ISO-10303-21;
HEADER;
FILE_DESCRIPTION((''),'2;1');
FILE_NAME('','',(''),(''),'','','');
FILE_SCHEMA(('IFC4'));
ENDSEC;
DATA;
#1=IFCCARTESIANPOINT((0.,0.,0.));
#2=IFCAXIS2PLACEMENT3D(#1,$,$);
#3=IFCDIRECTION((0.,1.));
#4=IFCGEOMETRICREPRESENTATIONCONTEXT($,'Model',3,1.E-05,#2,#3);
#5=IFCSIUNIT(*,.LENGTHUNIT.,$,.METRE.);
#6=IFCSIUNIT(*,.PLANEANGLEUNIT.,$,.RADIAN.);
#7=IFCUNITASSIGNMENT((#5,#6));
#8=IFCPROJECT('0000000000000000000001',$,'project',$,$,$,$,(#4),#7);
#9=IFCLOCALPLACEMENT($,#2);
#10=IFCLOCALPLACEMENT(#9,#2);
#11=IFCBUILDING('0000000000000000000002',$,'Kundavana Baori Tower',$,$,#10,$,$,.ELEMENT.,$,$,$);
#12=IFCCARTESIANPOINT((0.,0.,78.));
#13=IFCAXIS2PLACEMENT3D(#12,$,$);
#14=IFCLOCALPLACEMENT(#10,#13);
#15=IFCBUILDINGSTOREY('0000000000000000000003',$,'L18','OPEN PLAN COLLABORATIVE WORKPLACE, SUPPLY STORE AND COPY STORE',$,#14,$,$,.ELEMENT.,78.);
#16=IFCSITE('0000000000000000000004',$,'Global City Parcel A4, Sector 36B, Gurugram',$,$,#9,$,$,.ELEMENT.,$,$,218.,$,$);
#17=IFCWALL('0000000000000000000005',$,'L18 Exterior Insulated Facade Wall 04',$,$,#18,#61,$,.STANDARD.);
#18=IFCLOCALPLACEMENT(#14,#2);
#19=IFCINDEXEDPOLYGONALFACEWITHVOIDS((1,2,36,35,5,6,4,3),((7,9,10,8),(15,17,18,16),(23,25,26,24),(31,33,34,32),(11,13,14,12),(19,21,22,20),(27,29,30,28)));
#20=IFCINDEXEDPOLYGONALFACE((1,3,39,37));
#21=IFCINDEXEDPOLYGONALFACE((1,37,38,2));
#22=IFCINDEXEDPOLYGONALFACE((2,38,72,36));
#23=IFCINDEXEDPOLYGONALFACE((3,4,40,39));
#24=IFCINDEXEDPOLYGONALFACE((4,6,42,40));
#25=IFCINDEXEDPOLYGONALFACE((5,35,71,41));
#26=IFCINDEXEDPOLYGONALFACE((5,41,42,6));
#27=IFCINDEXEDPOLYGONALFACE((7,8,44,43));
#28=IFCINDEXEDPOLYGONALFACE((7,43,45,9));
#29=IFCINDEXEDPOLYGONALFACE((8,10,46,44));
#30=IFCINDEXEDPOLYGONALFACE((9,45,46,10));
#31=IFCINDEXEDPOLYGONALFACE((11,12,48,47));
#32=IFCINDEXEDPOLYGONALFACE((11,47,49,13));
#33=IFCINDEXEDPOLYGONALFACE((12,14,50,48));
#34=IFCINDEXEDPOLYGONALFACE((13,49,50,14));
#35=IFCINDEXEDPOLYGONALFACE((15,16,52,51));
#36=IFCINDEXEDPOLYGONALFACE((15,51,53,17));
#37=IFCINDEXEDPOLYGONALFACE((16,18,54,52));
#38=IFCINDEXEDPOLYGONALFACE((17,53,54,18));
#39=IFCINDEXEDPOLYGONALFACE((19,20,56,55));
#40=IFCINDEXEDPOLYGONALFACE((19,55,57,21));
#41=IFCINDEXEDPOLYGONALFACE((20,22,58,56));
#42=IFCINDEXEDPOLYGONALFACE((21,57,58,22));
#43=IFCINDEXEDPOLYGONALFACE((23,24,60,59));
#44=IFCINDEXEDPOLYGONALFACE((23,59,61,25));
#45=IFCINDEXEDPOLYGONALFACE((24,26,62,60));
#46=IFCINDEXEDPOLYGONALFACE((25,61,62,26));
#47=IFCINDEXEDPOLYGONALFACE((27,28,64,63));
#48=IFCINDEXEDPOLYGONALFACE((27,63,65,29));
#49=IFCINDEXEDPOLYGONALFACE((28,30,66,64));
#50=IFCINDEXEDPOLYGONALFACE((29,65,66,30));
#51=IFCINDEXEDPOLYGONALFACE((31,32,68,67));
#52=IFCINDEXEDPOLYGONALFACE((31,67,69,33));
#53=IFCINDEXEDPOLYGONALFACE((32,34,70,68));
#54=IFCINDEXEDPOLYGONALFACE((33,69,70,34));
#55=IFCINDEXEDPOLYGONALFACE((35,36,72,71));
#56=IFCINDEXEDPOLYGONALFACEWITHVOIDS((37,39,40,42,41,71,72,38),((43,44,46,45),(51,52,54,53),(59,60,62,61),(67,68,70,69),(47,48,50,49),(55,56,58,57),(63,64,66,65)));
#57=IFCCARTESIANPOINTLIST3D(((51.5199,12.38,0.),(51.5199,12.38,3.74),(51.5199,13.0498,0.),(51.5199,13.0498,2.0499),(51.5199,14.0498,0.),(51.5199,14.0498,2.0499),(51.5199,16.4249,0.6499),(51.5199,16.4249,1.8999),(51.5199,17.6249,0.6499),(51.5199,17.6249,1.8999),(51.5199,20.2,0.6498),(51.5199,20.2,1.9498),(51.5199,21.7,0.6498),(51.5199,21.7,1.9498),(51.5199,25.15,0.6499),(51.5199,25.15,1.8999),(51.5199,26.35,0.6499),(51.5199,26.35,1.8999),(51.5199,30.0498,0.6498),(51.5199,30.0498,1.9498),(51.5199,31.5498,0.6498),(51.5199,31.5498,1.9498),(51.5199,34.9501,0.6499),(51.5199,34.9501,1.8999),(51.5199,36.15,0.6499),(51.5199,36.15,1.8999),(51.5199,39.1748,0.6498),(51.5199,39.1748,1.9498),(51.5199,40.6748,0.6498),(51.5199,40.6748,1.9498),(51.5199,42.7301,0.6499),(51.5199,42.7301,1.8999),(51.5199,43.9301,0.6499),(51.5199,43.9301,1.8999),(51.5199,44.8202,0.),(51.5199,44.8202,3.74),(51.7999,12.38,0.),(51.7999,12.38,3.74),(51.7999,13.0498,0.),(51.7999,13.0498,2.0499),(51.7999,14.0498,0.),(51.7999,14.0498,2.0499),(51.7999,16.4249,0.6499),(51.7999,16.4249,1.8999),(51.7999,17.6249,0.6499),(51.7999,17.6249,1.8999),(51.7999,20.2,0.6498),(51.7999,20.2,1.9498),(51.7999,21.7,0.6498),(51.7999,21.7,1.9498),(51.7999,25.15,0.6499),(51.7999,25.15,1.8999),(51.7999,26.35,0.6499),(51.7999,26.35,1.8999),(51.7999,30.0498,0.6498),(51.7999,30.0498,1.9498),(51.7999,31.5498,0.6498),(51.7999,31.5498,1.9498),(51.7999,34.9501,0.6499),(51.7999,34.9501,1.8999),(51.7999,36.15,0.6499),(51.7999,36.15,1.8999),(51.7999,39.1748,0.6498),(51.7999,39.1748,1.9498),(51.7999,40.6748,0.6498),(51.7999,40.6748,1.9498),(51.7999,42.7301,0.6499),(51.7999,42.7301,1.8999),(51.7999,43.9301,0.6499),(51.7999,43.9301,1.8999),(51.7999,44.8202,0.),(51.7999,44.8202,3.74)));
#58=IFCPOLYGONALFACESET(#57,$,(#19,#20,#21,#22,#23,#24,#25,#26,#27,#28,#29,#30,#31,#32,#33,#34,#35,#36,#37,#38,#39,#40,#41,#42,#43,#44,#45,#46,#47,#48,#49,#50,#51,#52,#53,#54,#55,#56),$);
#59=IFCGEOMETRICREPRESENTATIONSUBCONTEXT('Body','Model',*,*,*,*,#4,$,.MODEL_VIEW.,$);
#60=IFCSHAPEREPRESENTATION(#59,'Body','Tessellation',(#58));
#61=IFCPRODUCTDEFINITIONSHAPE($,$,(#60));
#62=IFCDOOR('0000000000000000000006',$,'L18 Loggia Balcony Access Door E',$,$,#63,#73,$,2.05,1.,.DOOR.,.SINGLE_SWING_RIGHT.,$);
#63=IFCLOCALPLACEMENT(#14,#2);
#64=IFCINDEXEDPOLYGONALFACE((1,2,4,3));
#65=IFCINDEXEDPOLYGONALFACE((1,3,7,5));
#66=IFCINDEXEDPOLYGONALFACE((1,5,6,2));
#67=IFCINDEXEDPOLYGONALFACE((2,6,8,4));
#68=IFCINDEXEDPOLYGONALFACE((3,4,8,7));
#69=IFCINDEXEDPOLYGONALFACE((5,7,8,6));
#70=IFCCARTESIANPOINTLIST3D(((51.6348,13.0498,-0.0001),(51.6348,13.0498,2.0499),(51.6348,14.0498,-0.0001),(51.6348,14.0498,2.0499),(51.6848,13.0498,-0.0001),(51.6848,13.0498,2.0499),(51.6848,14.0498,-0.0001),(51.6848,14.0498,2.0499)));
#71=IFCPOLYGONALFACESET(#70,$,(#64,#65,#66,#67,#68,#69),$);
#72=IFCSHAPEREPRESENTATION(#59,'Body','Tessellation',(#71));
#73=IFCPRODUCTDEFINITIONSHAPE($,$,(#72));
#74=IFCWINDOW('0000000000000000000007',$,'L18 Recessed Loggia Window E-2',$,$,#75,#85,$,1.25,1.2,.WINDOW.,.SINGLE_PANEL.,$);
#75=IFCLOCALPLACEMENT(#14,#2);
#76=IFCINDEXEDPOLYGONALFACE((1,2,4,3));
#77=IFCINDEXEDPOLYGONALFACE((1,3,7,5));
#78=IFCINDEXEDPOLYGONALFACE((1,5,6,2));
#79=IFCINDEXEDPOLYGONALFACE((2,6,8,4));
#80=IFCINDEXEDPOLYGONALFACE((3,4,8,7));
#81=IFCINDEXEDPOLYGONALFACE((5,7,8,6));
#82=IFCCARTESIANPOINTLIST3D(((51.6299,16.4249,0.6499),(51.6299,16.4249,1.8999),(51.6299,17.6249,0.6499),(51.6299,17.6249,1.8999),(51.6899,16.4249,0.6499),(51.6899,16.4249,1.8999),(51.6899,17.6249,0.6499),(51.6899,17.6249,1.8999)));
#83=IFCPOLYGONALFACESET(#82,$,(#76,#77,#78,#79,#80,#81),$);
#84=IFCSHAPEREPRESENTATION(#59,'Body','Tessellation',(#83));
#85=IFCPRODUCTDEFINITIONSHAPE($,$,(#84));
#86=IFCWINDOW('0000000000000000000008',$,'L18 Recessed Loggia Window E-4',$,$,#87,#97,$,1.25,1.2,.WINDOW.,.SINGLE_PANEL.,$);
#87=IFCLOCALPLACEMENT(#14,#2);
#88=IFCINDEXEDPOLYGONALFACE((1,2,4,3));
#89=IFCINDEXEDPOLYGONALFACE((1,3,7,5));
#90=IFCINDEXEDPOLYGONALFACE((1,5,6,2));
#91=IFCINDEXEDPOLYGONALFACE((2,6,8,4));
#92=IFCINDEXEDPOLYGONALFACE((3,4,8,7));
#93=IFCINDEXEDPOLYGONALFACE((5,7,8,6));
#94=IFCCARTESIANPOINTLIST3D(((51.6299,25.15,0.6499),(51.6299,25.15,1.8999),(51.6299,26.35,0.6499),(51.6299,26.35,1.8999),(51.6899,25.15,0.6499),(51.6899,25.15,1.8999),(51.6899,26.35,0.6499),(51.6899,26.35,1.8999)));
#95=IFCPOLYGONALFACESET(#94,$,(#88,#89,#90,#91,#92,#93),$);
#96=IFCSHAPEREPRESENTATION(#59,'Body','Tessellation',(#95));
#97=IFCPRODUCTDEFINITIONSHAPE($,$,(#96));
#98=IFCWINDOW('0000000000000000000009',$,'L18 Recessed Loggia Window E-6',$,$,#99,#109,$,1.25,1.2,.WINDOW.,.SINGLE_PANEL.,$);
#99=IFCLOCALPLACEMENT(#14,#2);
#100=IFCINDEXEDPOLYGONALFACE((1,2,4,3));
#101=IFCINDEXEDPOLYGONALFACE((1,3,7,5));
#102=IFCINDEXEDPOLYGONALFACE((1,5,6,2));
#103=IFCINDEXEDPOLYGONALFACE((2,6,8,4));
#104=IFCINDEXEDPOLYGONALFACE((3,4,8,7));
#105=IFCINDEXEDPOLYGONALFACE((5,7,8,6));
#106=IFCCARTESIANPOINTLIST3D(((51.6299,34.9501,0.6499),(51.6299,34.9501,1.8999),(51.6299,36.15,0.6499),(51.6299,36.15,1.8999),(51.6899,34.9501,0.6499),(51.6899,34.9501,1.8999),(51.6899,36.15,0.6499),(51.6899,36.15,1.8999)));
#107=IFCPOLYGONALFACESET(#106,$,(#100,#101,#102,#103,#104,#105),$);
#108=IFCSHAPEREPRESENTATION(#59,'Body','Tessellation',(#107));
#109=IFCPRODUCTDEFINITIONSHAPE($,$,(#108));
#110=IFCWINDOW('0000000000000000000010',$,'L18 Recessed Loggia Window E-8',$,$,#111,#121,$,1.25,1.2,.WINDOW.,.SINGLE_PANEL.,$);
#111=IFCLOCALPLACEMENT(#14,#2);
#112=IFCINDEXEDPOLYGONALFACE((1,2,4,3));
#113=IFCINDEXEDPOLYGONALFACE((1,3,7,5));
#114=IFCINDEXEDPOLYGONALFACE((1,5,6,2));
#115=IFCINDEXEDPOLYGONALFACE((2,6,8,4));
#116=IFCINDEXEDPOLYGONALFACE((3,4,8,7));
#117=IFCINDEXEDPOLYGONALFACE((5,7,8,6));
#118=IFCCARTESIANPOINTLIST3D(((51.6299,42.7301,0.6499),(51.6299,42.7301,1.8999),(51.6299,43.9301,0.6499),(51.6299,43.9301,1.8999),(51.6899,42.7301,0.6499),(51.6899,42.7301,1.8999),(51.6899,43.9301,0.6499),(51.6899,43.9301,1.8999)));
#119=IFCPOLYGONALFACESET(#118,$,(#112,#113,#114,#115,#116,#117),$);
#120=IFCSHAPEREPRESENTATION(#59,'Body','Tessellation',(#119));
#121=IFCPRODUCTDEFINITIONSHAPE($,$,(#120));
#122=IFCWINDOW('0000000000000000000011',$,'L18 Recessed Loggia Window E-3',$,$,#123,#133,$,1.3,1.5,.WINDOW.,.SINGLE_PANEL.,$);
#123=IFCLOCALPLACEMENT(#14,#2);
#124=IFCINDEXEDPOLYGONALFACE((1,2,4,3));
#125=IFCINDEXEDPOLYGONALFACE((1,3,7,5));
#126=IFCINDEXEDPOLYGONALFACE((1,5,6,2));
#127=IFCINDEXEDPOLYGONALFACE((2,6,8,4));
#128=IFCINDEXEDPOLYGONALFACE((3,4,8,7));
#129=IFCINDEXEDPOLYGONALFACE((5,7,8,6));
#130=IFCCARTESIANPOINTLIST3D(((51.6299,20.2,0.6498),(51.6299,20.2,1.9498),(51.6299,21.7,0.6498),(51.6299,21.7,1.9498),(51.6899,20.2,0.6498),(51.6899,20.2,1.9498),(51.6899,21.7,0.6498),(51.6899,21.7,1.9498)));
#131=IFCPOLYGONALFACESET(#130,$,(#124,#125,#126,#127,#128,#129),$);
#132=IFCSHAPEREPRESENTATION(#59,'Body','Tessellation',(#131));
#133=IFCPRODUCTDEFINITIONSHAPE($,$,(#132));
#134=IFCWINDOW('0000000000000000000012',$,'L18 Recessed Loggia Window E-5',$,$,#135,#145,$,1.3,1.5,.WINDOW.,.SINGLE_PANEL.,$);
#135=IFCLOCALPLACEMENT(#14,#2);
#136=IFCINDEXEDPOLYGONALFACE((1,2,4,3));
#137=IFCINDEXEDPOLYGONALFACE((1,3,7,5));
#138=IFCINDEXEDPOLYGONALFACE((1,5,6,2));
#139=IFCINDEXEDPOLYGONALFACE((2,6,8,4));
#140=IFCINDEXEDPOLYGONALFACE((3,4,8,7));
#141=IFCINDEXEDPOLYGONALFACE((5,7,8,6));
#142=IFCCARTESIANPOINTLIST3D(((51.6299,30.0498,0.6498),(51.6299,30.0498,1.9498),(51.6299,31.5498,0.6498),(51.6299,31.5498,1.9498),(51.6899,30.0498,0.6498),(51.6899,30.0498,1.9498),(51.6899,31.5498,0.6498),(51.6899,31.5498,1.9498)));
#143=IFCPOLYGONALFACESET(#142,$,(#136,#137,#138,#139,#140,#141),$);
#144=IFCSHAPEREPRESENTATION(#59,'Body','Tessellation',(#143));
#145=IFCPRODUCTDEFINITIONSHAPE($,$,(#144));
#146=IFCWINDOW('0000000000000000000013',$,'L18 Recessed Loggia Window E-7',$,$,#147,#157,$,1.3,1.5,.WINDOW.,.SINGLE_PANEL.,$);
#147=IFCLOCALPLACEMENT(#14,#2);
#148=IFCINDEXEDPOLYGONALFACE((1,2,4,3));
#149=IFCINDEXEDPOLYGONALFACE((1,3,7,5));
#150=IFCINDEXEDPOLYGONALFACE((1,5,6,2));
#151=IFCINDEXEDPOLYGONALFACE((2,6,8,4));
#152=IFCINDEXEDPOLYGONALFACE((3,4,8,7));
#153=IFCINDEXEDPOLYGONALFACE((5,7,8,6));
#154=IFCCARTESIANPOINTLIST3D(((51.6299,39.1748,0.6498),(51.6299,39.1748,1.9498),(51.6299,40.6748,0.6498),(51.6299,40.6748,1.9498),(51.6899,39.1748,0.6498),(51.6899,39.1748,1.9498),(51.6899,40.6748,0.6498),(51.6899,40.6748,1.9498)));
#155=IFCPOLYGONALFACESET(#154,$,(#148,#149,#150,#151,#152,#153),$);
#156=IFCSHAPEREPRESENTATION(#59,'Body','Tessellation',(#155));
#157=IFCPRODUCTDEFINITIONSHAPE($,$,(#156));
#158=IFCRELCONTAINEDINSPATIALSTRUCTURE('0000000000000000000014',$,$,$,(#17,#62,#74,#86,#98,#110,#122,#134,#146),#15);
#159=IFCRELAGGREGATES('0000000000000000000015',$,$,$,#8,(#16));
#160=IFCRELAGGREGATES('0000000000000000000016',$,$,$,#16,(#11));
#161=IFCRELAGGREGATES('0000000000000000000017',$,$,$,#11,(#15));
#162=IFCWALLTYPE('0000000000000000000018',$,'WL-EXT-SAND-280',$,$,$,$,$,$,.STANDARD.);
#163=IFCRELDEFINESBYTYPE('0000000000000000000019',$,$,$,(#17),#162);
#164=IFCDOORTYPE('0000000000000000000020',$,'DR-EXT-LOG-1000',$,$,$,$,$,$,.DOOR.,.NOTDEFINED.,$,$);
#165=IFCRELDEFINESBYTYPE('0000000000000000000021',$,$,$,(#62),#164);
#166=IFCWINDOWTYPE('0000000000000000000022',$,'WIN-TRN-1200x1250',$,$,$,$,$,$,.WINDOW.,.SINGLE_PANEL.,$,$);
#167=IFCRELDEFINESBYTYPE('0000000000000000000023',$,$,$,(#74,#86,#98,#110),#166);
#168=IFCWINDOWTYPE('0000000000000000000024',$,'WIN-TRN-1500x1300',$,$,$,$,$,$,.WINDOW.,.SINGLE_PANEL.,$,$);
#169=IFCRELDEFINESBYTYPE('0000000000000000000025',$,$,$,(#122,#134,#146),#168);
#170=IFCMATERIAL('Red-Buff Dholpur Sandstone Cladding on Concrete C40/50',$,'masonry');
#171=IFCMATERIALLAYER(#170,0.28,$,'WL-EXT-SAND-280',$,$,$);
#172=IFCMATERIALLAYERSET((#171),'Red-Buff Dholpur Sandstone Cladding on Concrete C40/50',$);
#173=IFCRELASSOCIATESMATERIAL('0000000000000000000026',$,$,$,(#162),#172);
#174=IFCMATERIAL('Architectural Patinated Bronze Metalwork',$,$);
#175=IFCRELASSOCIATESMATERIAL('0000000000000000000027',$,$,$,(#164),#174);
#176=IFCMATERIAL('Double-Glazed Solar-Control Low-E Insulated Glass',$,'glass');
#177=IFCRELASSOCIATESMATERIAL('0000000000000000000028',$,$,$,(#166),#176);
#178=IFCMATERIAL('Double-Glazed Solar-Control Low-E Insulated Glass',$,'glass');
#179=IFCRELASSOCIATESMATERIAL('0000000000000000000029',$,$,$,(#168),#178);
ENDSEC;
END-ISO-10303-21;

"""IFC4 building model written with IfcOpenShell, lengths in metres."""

from ifc_helpers import new_model, si_unit, direction, frame, frame_2d, origin, place, context, subcontext, project, spatial, rectangle, extrude, material, layer, layer_set, type_object, element, fill, save


model = new_model("IFC4")

# Units and contexts
model_context = context("Model", 3, precision=1e-05, world=origin(), true_north=direction((0.0, 1.0)))
body_context = subcontext(model_context, "Body", "Model", "MODEL_VIEW")
ifc_project = project(units=[si_unit("LENGTHUNIT", "METRE"), si_unit("PLANEANGLEUNIT", "RADIAN")], contexts=[model_context])

# Site, building, storey
site_placement = place(None, origin())
site = spatial("IfcSite", under=ifc_project, at=site_placement, Name="Global City Parcel A4, Sector 36B, Gurugram", CompositionType="ELEMENT", RefElevation=218.0)
building_placement = place(site_placement, origin())
building = spatial("IfcBuilding", under=site, at=building_placement, Name="Kundavana Baori Tower", CompositionType="ELEMENT")
storey_placement = place(building_placement, frame((0.0, 0.0, 78.0)))
storey = spatial("IfcBuildingStorey", under=building, at=storey_placement, Name="L18", Description="OPEN PLAN COLLABORATIVE WORKPLACE, SUPPLY STORE AND COPY STORE", CompositionType="ELEMENT", Elevation=78.0)

# Shared definitions
ifc_material_1 = material(Name="Red-Buff Dholpur Sandstone Cladding on Concrete C40/50", Category="masonry")
ifc_layer_1 = layer(ifc_material_1, 0.28, Name="WL-EXT-SAND-280")
ifc_layer_set_1 = layer_set([ifc_layer_1], Name="Red-Buff Dholpur Sandstone Cladding on Concrete C40/50")
wall_type_1 = type_object("IfcWallType", Name="WL-EXT-SAND-280", PredefinedType="STANDARD", material=ifc_layer_set_1)

# Wall, openings, door, windows
wall_1_placement = place(storey_placement, frame((51.6599, 12.3799, 0.0), z_axis=(0.0, 0.0, 1.0), x_axis=(0.0, 1.0, 0.0)))
wall_1 = element("IfcWall", 1, at=wall_1_placement, inside=storey, type_object=wall_type_1, Name="L18 Exterior Insulated Facade Wall 04", PredefinedType="STANDARD", context=body_context, shape_type="SweptSolid", body=[
    extrude(rectangle(XDim=32.4402, YDim=0.28, at=frame_2d((16.2202, 0.0))), origin(), (0.0, 0.0, 1.0), 3.74),
])
opening_1_placement = place(wall_1_placement, frame((0.6699, 0.0, 0.0)))
opening_1 = element("IfcOpeningElement", 2, at=opening_1_placement, cuts=wall_1, PredefinedType="OPENING", context=body_context, shape_type="SweptSolid", body=[
    extrude(rectangle(XDim=1.0, YDim=2.05, at=frame_2d((0.5, 1.0249))), frame((0.0, 0.1499, 0.0), z_axis=(0.0, -1.0, 0.0), x_axis=(1.0, 0.0, 0.0)), (0.0, 0.0, 1.0), 0.3),
])
opening_2_placement = place(wall_1_placement, frame((4.0449, 0.0, 0.6499)))
opening_2 = element("IfcOpeningElement", 3, at=opening_2_placement, cuts=wall_1, PredefinedType="OPENING", context=body_context, shape_type="SweptSolid", body=[
    extrude(rectangle(XDim=1.2, YDim=1.25, at=frame_2d((0.6001, 0.625))), frame((0.0, 0.1499, 0.0), z_axis=(0.0, -1.0, 0.0), x_axis=(1.0, 0.0, 0.0)), (0.0, 0.0, 1.0), 0.3),
])
opening_3_placement = place(wall_1_placement, frame((7.8201, 0.0, 0.6499)))
opening_3 = element("IfcOpeningElement", 4, at=opening_3_placement, cuts=wall_1, PredefinedType="OPENING", context=body_context, shape_type="SweptSolid", body=[
    extrude(rectangle(XDim=1.5, YDim=1.3, at=frame_2d((0.75, 0.6499))), frame((0.0, 0.1499, 0.0), z_axis=(0.0, -1.0, 0.0), x_axis=(1.0, 0.0, 0.0)), (0.0, 0.0, 1.0), 0.3),
])
opening_4_placement = place(wall_1_placement, frame((12.77, 0.0, 0.6499)))
opening_4 = element("IfcOpeningElement", 5, at=opening_4_placement, cuts=wall_1, PredefinedType="OPENING", context=body_context, shape_type="SweptSolid", body=[
    extrude(rectangle(XDim=1.2, YDim=1.25, at=frame_2d((0.6001, 0.625))), frame((0.0, 0.1499, 0.0), z_axis=(0.0, -1.0, 0.0), x_axis=(1.0, 0.0, 0.0)), (0.0, 0.0, 1.0), 0.3),
])
opening_5_placement = place(wall_1_placement, frame((17.6699, 0.0, 0.6499)))
opening_5 = element("IfcOpeningElement", 6, at=opening_5_placement, cuts=wall_1, PredefinedType="OPENING", context=body_context, shape_type="SweptSolid", body=[
    extrude(rectangle(XDim=1.5, YDim=1.3, at=frame_2d((0.75, 0.6499))), frame((0.0, 0.1499, 0.0), z_axis=(0.0, -1.0, 0.0), x_axis=(1.0, 0.0, 0.0)), (0.0, 0.0, 1.0), 0.3),
])
opening_6_placement = place(wall_1_placement, frame((22.5701, 0.0, 0.6499)))
opening_6 = element("IfcOpeningElement", 7, at=opening_6_placement, cuts=wall_1, PredefinedType="OPENING", context=body_context, shape_type="SweptSolid", body=[
    extrude(rectangle(XDim=1.2, YDim=1.25, at=frame_2d((0.6001, 0.625))), frame((0.0, 0.1499, 0.0), z_axis=(0.0, -1.0, 0.0), x_axis=(1.0, 0.0, 0.0)), (0.0, 0.0, 1.0), 0.3),
])
opening_7_placement = place(wall_1_placement, frame((26.7949, 0.0, 0.6499)))
opening_7 = element("IfcOpeningElement", 8, at=opening_7_placement, cuts=wall_1, PredefinedType="OPENING", context=body_context, shape_type="SweptSolid", body=[
    extrude(rectangle(XDim=1.5, YDim=1.3, at=frame_2d((0.75, 0.6499))), frame((0.0, 0.1499, 0.0), z_axis=(0.0, -1.0, 0.0), x_axis=(1.0, 0.0, 0.0)), (0.0, 0.0, 1.0), 0.3),
])
opening_8_placement = place(wall_1_placement, frame((30.3501, 0.0, 0.6499)))
opening_8 = element("IfcOpeningElement", 9, at=opening_8_placement, cuts=wall_1, PredefinedType="OPENING", context=body_context, shape_type="SweptSolid", body=[
    extrude(rectangle(XDim=1.2, YDim=1.25, at=frame_2d((0.6001, 0.625))), frame((0.0, 0.1499, 0.0), z_axis=(0.0, -1.0, 0.0), x_axis=(1.0, 0.0, 0.0)), (0.0, 0.0, 1.0), 0.3),
])
ifc_material_2 = material(Name="Architectural Patinated Bronze Metalwork")
door_type_1 = type_object("IfcDoorType", Name="DR-EXT-LOG-1000", OperationType="NOTDEFINED", PredefinedType="DOOR", material=ifc_material_2)
door_1_placement = place(opening_1_placement, frame((1.0, 0.0, 0.0), z_axis=(0.0, 0.0, 1.0), x_axis=(-1.0, 0.0, 0.0)))
door_1 = element("IfcDoor", 10, at=door_1_placement, inside=storey, type_object=door_type_1, Name="L18 Loggia Balcony Access Door E", OperationType="SINGLE_SWING_RIGHT", OverallHeight=2.05, OverallWidth=1.0, PredefinedType="DOOR", context=body_context, shape_type="SweptSolid", body=[
    extrude(rectangle(XDim=1.0, YDim=2.05, at=frame_2d((0.5, 1.0249))), frame((0.0, 0.0249, 0.0), z_axis=(0.0, -1.0, 0.0), x_axis=(1.0, 0.0, 0.0)), (0.0, 0.0, 1.0), 0.05),
])
fill(opening_1, door_1)
ifc_material_3 = material(Name="Double-Glazed Solar-Control Low-E Insulated Glass", Category="glass")
window_type_1 = type_object("IfcWindowType", Name="WIN-TRN-1200x1250", PartitioningType="SINGLE_PANEL", PredefinedType="WINDOW", material=ifc_material_3)
window_1_placement = place(opening_2_placement, origin())
window_1 = element("IfcWindow", 11, at=window_1_placement, inside=storey, type_object=window_type_1, Name="L18 Recessed Loggia Window E-2", OverallHeight=1.25, OverallWidth=1.2, PartitioningType="SINGLE_PANEL", PredefinedType="WINDOW", context=body_context, shape_type="SweptSolid", body=[
    extrude(rectangle(XDim=1.2, YDim=1.25, at=frame_2d((0.6001, 0.625))), frame((0.0, 0.03, 0.0), z_axis=(0.0, -1.0, 0.0), x_axis=(1.0, 0.0, 0.0)), (0.0, 0.0, 1.0), 0.0601),
])
fill(opening_2, window_1)
window_2_placement = place(opening_4_placement, origin())
window_2 = element("IfcWindow", 12, at=window_2_placement, inside=storey, type_object=window_type_1, Name="L18 Recessed Loggia Window E-4", OverallHeight=1.25, OverallWidth=1.2, PartitioningType="SINGLE_PANEL", PredefinedType="WINDOW", context=body_context, shape_type="SweptSolid", body=[
    extrude(rectangle(XDim=1.2, YDim=1.25, at=frame_2d((0.6001, 0.625))), frame((0.0, 0.03, 0.0), z_axis=(0.0, -1.0, 0.0), x_axis=(1.0, 0.0, 0.0)), (0.0, 0.0, 1.0), 0.0601),
])
fill(opening_4, window_2)
window_3_placement = place(opening_6_placement, origin())
window_3 = element("IfcWindow", 13, at=window_3_placement, inside=storey, type_object=window_type_1, Name="L18 Recessed Loggia Window E-6", OverallHeight=1.25, OverallWidth=1.2, PartitioningType="SINGLE_PANEL", PredefinedType="WINDOW", context=body_context, shape_type="SweptSolid", body=[
    extrude(rectangle(XDim=1.2, YDim=1.25, at=frame_2d((0.6001, 0.625))), frame((0.0, 0.03, 0.0), z_axis=(0.0, -1.0, 0.0), x_axis=(1.0, 0.0, 0.0)), (0.0, 0.0, 1.0), 0.0601),
])
fill(opening_6, window_3)
window_4_placement = place(opening_8_placement, origin())
window_4 = element("IfcWindow", 14, at=window_4_placement, inside=storey, type_object=window_type_1, Name="L18 Recessed Loggia Window E-8", OverallHeight=1.25, OverallWidth=1.2, PartitioningType="SINGLE_PANEL", PredefinedType="WINDOW", context=body_context, shape_type="SweptSolid", body=[
    extrude(rectangle(XDim=1.2, YDim=1.25, at=frame_2d((0.6001, 0.625))), frame((0.0, 0.03, 0.0), z_axis=(0.0, -1.0, 0.0), x_axis=(1.0, 0.0, 0.0)), (0.0, 0.0, 1.0), 0.0601),
])
fill(opening_8, window_4)
ifc_material_4 = material(Name="Double-Glazed Solar-Control Low-E Insulated Glass", Category="glass")
window_type_2 = type_object("IfcWindowType", Name="WIN-TRN-1500x1300", PartitioningType="SINGLE_PANEL", PredefinedType="WINDOW", material=ifc_material_4)
window_5_placement = place(opening_3_placement, origin())
window_5 = element("IfcWindow", 15, at=window_5_placement, inside=storey, type_object=window_type_2, Name="L18 Recessed Loggia Window E-3", OverallHeight=1.3, OverallWidth=1.5, PartitioningType="SINGLE_PANEL", PredefinedType="WINDOW", context=body_context, shape_type="SweptSolid", body=[
    extrude(rectangle(XDim=1.5, YDim=1.3, at=frame_2d((0.75, 0.6499))), frame((0.0, 0.03, 0.0), z_axis=(0.0, -1.0, 0.0), x_axis=(1.0, 0.0, 0.0)), (0.0, 0.0, 1.0), 0.0601),
])
fill(opening_3, window_5)
window_6_placement = place(opening_5_placement, origin())
window_6 = element("IfcWindow", 16, at=window_6_placement, inside=storey, type_object=window_type_2, Name="L18 Recessed Loggia Window E-5", OverallHeight=1.3, OverallWidth=1.5, PartitioningType="SINGLE_PANEL", PredefinedType="WINDOW", context=body_context, shape_type="SweptSolid", body=[
    extrude(rectangle(XDim=1.5, YDim=1.3, at=frame_2d((0.75, 0.6499))), frame((0.0, 0.03, 0.0), z_axis=(0.0, -1.0, 0.0), x_axis=(1.0, 0.0, 0.0)), (0.0, 0.0, 1.0), 0.0601),
])
fill(opening_5, window_6)
window_7_placement = place(opening_7_placement, origin())
window_7 = element("IfcWindow", 17, at=window_7_placement, inside=storey, type_object=window_type_2, Name="L18 Recessed Loggia Window E-7", OverallHeight=1.3, OverallWidth=1.5, PartitioningType="SINGLE_PANEL", PredefinedType="WINDOW", context=body_context, shape_type="SweptSolid", body=[
    extrude(rectangle(XDim=1.5, YDim=1.3, at=frame_2d((0.75, 0.6499))), frame((0.0, 0.03, 0.0), z_axis=(0.0, -1.0, 0.0), x_axis=(1.0, 0.0, 0.0)), (0.0, 0.0, 1.0), 0.0601),
])
fill(opening_7, window_7)

save(model, "model.ifc")
